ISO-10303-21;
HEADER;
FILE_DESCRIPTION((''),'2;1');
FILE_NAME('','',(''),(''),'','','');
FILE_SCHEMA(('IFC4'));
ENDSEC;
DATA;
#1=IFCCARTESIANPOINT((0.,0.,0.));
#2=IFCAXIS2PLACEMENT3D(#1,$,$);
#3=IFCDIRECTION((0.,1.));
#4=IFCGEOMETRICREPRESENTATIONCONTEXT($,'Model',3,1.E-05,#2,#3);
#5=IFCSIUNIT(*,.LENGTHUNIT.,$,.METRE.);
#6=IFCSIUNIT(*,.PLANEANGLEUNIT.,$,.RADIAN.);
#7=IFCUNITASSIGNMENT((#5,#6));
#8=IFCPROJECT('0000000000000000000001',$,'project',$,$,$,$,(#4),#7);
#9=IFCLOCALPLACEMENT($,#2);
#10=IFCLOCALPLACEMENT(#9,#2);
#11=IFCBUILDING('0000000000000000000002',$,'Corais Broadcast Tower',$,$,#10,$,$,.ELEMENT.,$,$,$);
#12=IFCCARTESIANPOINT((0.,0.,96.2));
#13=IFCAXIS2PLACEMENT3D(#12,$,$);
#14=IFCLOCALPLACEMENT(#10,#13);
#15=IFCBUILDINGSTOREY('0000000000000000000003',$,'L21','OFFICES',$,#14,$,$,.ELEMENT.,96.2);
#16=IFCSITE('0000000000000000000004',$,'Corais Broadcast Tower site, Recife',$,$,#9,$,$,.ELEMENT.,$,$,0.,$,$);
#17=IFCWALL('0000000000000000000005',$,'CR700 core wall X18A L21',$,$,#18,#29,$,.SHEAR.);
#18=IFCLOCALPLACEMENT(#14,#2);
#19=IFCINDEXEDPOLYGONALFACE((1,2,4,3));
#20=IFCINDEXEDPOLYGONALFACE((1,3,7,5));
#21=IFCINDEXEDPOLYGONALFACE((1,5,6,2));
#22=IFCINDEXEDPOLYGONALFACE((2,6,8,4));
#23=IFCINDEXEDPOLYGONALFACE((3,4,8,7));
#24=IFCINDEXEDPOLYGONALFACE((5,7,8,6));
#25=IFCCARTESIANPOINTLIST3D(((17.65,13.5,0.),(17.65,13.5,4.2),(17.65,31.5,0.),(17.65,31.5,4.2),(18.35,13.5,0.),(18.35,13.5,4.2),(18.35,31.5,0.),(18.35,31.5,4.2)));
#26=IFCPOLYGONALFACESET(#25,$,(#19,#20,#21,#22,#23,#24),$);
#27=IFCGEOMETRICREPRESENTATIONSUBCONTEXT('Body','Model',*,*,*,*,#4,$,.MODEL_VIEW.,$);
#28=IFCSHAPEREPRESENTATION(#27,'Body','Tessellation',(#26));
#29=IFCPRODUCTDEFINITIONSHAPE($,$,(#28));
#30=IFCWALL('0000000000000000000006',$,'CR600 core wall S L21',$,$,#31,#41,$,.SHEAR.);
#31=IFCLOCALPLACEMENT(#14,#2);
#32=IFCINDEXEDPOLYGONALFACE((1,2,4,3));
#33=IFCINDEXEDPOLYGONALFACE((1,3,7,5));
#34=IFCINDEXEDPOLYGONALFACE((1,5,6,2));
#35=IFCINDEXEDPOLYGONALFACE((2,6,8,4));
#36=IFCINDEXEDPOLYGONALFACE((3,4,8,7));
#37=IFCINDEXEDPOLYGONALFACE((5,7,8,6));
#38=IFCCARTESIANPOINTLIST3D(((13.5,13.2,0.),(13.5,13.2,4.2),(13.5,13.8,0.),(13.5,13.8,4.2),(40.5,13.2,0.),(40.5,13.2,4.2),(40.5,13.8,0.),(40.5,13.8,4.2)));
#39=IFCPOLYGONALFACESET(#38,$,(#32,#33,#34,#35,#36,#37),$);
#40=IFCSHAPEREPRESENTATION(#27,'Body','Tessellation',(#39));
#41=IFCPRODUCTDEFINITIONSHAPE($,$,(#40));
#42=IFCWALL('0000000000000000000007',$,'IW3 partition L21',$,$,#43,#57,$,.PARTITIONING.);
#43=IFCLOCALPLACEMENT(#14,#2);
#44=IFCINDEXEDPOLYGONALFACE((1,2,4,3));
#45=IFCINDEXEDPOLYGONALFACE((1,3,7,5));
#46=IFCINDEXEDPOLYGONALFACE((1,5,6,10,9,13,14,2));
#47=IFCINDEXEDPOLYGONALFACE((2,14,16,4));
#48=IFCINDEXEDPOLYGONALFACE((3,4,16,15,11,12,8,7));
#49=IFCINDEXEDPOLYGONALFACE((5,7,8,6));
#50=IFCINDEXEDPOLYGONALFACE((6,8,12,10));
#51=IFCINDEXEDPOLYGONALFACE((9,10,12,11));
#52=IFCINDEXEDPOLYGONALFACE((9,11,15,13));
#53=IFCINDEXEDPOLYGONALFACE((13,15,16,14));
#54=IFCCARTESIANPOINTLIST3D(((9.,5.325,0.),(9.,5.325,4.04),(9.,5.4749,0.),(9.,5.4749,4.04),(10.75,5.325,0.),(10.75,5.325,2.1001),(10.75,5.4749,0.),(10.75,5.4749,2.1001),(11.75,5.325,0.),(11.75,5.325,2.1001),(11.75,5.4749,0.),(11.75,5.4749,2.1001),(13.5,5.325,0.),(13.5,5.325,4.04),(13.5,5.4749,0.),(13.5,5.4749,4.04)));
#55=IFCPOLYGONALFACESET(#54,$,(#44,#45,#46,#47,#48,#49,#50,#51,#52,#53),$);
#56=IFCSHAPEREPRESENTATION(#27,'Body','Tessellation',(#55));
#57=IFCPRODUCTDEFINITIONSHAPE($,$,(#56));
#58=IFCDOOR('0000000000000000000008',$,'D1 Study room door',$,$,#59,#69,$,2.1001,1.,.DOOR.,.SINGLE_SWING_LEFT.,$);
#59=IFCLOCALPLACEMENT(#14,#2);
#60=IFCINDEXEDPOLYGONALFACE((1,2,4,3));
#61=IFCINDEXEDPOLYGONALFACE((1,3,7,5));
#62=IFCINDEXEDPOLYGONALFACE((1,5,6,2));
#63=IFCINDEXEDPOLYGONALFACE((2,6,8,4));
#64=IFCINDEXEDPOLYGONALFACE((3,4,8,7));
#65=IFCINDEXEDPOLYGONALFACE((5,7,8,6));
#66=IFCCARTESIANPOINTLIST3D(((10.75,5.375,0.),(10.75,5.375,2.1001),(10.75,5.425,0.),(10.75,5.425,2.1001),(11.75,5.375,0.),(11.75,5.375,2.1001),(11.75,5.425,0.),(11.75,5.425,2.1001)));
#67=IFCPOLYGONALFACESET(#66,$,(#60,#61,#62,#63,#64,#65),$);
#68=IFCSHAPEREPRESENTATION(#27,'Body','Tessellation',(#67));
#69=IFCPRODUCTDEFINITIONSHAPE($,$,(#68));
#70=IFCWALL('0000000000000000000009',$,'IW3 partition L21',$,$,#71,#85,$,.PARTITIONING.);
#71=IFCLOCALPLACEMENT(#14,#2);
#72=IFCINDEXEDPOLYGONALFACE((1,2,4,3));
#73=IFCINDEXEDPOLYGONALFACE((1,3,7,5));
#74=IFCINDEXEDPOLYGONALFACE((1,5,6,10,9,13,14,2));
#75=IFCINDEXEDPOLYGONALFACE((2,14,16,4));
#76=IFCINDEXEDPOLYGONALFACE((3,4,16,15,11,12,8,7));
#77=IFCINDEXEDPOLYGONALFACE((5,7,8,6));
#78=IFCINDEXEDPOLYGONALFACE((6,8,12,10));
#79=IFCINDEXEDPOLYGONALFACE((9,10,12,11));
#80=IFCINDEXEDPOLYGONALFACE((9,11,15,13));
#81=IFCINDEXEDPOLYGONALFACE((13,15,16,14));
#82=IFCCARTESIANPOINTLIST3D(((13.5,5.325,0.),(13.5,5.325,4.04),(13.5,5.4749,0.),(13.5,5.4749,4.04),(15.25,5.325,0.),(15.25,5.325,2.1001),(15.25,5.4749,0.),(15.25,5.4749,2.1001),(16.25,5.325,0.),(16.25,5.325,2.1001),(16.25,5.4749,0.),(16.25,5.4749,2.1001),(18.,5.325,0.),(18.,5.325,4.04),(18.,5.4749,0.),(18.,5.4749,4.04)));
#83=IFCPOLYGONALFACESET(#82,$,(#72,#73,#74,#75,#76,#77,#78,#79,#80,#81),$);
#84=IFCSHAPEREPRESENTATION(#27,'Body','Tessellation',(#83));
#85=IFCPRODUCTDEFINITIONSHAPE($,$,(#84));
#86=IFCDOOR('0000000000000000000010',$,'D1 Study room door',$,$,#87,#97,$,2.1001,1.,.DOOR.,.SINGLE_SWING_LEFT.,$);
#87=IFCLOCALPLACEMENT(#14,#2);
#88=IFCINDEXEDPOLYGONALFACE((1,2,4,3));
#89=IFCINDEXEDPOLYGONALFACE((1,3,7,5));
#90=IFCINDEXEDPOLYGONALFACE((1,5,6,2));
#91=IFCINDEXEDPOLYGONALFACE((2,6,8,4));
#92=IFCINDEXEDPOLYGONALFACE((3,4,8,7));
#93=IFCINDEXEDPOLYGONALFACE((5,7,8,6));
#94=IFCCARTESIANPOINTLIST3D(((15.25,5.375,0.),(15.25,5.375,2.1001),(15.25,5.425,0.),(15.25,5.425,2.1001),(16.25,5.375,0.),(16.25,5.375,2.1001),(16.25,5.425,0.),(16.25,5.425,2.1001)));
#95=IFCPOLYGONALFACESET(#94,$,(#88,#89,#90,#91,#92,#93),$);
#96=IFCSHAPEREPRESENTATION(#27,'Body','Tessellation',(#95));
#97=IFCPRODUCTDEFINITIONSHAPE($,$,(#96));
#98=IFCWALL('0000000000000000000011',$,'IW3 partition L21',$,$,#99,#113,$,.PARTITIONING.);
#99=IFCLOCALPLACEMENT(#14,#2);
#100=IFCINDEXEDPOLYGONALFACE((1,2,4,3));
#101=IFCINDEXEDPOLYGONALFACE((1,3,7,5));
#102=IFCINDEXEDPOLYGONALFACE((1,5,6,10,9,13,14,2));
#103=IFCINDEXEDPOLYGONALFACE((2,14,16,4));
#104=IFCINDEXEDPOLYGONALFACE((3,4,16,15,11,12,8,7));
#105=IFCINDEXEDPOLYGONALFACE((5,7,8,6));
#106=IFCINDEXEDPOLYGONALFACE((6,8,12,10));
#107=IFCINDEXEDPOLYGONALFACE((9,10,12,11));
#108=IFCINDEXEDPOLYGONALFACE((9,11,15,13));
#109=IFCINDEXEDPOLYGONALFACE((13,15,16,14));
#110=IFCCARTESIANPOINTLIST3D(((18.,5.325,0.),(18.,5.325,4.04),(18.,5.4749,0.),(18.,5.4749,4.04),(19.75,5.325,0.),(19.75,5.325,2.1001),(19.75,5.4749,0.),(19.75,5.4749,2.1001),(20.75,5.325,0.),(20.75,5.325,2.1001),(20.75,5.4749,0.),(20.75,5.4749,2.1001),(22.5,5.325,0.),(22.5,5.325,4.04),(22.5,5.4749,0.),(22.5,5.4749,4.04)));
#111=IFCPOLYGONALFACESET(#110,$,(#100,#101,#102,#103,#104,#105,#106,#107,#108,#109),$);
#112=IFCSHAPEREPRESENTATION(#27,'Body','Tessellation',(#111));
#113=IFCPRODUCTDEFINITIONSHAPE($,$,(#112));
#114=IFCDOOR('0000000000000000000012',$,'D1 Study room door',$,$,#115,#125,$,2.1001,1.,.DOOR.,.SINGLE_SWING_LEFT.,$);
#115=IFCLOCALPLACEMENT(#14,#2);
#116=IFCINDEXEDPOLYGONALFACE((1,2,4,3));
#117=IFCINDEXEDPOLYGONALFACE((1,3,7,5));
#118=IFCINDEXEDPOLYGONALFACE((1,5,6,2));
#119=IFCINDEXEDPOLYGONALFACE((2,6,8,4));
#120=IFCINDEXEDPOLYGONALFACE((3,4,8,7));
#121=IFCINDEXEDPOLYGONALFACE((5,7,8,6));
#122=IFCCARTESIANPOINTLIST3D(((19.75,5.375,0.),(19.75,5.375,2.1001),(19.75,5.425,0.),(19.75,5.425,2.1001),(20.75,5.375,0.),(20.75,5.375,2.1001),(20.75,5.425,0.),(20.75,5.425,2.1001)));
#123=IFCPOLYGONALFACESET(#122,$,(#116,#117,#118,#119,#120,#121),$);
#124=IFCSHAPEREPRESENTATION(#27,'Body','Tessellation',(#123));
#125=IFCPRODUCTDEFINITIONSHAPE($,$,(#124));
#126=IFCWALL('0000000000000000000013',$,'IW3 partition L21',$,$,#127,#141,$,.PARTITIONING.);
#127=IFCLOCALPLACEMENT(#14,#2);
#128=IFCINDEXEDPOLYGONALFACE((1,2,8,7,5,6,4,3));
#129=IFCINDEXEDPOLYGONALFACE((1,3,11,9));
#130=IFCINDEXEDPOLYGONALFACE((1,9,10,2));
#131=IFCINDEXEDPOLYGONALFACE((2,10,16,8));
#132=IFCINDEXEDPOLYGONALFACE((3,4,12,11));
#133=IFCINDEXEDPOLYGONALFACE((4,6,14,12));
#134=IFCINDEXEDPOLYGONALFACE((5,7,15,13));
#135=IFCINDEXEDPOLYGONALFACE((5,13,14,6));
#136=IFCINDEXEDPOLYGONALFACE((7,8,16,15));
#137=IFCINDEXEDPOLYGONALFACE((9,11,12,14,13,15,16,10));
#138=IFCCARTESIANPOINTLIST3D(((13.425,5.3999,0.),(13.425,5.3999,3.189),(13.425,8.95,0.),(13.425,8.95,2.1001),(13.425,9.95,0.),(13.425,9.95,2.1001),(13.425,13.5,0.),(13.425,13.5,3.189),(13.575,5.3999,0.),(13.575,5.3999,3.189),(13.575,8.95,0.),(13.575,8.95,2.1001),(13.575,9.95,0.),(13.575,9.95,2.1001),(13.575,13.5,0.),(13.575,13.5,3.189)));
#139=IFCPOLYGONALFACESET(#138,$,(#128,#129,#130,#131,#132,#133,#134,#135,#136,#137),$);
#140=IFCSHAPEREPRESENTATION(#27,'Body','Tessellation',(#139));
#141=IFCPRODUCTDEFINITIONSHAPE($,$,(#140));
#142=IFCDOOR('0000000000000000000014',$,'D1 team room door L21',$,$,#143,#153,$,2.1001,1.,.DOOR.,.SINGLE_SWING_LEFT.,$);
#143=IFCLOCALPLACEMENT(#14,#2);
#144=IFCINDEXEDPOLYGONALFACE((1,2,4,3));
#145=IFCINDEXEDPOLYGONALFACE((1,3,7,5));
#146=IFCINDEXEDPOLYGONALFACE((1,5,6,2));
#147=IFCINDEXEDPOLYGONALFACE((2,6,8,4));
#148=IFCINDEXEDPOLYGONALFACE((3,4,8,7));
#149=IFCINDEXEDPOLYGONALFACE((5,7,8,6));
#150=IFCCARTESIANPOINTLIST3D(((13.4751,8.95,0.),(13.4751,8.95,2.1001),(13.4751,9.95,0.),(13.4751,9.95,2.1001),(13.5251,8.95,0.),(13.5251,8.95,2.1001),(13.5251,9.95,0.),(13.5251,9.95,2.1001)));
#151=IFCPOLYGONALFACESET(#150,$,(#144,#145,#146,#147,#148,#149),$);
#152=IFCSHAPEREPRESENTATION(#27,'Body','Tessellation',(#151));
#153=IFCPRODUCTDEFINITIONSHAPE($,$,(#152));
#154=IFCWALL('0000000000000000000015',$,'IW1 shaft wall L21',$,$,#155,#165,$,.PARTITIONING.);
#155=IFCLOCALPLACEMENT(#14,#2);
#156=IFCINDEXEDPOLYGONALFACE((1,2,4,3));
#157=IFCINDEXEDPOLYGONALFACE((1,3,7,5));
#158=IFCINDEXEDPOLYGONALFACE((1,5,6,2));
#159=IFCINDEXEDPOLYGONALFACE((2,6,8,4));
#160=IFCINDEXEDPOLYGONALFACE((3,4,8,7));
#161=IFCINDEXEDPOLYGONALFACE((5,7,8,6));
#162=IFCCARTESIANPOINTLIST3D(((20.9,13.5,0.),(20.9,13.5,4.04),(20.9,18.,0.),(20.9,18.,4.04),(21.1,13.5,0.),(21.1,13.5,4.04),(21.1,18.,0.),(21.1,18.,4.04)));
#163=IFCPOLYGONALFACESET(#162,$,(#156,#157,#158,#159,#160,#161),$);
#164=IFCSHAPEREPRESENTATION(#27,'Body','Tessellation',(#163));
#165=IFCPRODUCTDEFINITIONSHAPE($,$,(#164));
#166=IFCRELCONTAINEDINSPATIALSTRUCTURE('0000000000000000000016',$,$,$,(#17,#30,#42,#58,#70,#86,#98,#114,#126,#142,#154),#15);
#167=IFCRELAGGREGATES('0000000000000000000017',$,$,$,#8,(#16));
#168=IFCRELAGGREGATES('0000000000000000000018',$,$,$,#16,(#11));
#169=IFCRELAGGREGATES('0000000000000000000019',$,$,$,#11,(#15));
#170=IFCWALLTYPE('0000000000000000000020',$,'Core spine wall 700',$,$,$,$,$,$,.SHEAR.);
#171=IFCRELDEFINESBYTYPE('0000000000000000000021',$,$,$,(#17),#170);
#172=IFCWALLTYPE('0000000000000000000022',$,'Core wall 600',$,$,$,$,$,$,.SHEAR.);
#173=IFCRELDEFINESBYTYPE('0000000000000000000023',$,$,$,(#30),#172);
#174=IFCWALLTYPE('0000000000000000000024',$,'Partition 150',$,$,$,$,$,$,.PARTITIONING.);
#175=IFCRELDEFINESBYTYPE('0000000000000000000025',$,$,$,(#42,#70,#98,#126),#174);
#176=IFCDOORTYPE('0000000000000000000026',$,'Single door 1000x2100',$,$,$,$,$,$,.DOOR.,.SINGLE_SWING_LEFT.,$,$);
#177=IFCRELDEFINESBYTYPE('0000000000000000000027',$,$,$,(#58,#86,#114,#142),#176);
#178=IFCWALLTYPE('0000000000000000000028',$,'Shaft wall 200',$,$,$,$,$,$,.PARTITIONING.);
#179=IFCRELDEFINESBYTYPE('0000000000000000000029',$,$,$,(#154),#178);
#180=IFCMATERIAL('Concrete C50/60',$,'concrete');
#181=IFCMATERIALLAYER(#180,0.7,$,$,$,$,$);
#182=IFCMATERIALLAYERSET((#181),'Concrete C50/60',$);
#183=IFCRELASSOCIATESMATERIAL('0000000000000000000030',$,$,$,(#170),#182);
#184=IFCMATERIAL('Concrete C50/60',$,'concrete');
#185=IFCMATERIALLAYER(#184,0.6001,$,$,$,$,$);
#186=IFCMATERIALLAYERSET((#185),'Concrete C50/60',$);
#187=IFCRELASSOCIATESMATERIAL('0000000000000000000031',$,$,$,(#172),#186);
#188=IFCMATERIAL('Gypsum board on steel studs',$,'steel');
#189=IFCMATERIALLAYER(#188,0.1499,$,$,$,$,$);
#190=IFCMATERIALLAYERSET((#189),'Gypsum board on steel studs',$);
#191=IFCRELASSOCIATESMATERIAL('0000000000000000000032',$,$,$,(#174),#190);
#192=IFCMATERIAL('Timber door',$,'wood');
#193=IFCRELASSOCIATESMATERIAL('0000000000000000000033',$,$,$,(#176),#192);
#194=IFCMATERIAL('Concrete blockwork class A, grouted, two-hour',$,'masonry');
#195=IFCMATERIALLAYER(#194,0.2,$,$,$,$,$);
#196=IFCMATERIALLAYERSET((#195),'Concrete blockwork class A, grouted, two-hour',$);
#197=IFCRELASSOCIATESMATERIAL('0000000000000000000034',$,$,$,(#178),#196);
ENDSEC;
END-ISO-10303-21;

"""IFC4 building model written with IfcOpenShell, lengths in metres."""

from ifc_helpers import new_model, si_unit, direction, frame, frame_2d, origin, place, context, subcontext, project, spatial, rectangle, extrude, material, layer, layer_set, type_object, element, fill, save


model = new_model("IFC4")

# Units and contexts
model_context = context("Model", 3, precision=1e-05, world=origin(), true_north=direction((0.0, 1.0)))
body_context = subcontext(model_context, "Body", "Model", "MODEL_VIEW")
ifc_project = project(units=[si_unit("LENGTHUNIT", "METRE"), si_unit("PLANEANGLEUNIT", "RADIAN")], contexts=[model_context])

# Site, building, storey
site_placement = place(None, origin())
site = spatial("IfcSite", under=ifc_project, at=site_placement, Name="Corais Broadcast Tower site, Recife", CompositionType="ELEMENT", RefElevation=0.0)
building_placement = place(site_placement, origin())
building = spatial("IfcBuilding", under=site, at=building_placement, Name="Corais Broadcast Tower", CompositionType="ELEMENT")
storey_placement = place(building_placement, frame((0.0, 0.0, 96.2)))
storey = spatial("IfcBuildingStorey", under=building, at=storey_placement, Name="L21", Description="OFFICES", CompositionType="ELEMENT", Elevation=96.2)

# Walls
ifc_material_1 = material(Name="Concrete C50/60", Category="concrete")
ifc_layer_1 = layer(ifc_material_1, 0.7)
ifc_layer_set_1 = layer_set([ifc_layer_1], Name="Concrete C50/60")
wall_type_1 = type_object("IfcWallType", Name="Core spine wall 700", PredefinedType="SHEAR", material=ifc_layer_set_1)
wall_1_placement = place(storey_placement, frame((18.0, 13.5, 0.0), z_axis=(0.0, 0.0, 1.0), x_axis=(0.0, 1.0, 0.0)))
element("IfcWall", 1, at=wall_1_placement, inside=storey, type_object=wall_type_1, Name="CR700 core wall X18A L21", PredefinedType="SHEAR", context=body_context, shape_type="SweptSolid", body=[
    extrude(rectangle(XDim=18.0, YDim=0.7, at=frame_2d((9.0, 0.0))), origin(), (0.0, 0.0, 1.0), 4.2),
])
ifc_material_2 = material(Name="Concrete C50/60", Category="concrete")
ifc_layer_2 = layer(ifc_material_2, 0.6001)
ifc_layer_set_2 = layer_set([ifc_layer_2], Name="Concrete C50/60")
wall_type_2 = type_object("IfcWallType", Name="Core wall 600", PredefinedType="SHEAR", material=ifc_layer_set_2)
wall_2_placement = place(storey_placement, frame((13.5, 13.5, 0.0), z_axis=(0.0, 0.0, 1.0), x_axis=(1.0, 0.0, 0.0)))
element("IfcWall", 2, at=wall_2_placement, inside=storey, type_object=wall_type_2, Name="CR600 core wall S L21", PredefinedType="SHEAR", context=body_context, shape_type="SweptSolid", body=[
    extrude(rectangle(XDim=27.0, YDim=0.6001, at=frame_2d((13.5, 0.0))), origin(), (0.0, 0.0, 1.0), 4.2),
])

# Walls, openings, doors
ifc_material_3 = material(Name="Gypsum board on steel studs", Category="steel")
ifc_layer_3 = layer(ifc_material_3, 0.1499)
ifc_layer_set_3 = layer_set([ifc_layer_3], Name="Gypsum board on steel studs")
wall_type_3 = type_object("IfcWallType", Name="Partition 150", PredefinedType="PARTITIONING", material=ifc_layer_set_3)
wall_3_placement = place(storey_placement, frame((13.5, 5.3999, 0.0), z_axis=(0.0, 0.0, 1.0), x_axis=(-1.0, 0.0, 0.0)))
wall_3 = element("IfcWall", 3, at=wall_3_placement, inside=storey, type_object=wall_type_3, Name="IW3 partition L21", PredefinedType="PARTITIONING", context=body_context, shape_type="SweptSolid", body=[
    extrude(rectangle(XDim=4.5, YDim=0.1499, at=frame_2d((2.25, 0.0))), origin(), (0.0, 0.0, 1.0), 4.04),
])
opening_1_placement = place(wall_3_placement, frame((1.75, 0.0, 0.0)))
opening_1 = element("IfcOpeningElement", 4, at=opening_1_placement, cuts=wall_3, PredefinedType="OPENING", context=body_context, shape_type="SweptSolid", body=[
    extrude(rectangle(XDim=1.0, YDim=2.1001, at=frame_2d((0.5, 1.05))), frame((0.0, 0.085, 0.0), z_axis=(0.0, -1.0, 0.0), x_axis=(1.0, 0.0, 0.0)), (0.0, 0.0, 1.0), 0.1699),
])
ifc_material_4 = material(Name="Timber door", Category="wood")
door_type = type_object("IfcDoorType", Name="Single door 1000x2100", OperationType="SINGLE_SWING_LEFT", PredefinedType="DOOR", material=ifc_material_4)
door_1_placement = place(opening_1_placement, origin())
door_1 = element("IfcDoor", 5, at=door_1_placement, inside=storey, type_object=door_type, Name="D1 Study room door", OperationType="SINGLE_SWING_LEFT", OverallHeight=2.1001, OverallWidth=1.0, PredefinedType="DOOR", context=body_context, shape_type="SweptSolid", body=[
    extrude(rectangle(XDim=1.0, YDim=2.1001, at=frame_2d((0.5, 1.05))), frame((0.0, 0.0249, 0.0), z_axis=(0.0, -1.0, 0.0), x_axis=(1.0, 0.0, 0.0)), (0.0, 0.0, 1.0), 0.05),
])
fill(opening_1, door_1)
wall_4_placement = place(storey_placement, frame((18.0, 5.3999, 0.0), z_axis=(0.0, 0.0, 1.0), x_axis=(-1.0, 0.0, 0.0)))
wall_4 = element("IfcWall", 6, at=wall_4_placement, inside=storey, type_object=wall_type_3, Name="IW3 partition L21", PredefinedType="PARTITIONING", context=body_context, shape_type="SweptSolid", body=[
    extrude(rectangle(XDim=4.5, YDim=0.1499, at=frame_2d((2.25, 0.0))), origin(), (0.0, 0.0, 1.0), 4.04),
])
opening_2_placement = place(wall_4_placement, frame((1.75, 0.0, 0.0)))
opening_2 = element("IfcOpeningElement", 7, at=opening_2_placement, cuts=wall_4, PredefinedType="OPENING", context=body_context, shape_type="SweptSolid", body=[
    extrude(rectangle(XDim=1.0, YDim=2.1001, at=frame_2d((0.5, 1.05))), frame((0.0, 0.085, 0.0), z_axis=(0.0, -1.0, 0.0), x_axis=(1.0, 0.0, 0.0)), (0.0, 0.0, 1.0), 0.1699),
])
door_2_placement = place(opening_2_placement, origin())
door_2 = element("IfcDoor", 8, at=door_2_placement, inside=storey, type_object=door_type, Name="D1 Study room door", OperationType="SINGLE_SWING_LEFT", OverallHeight=2.1001, OverallWidth=1.0, PredefinedType="DOOR", context=body_context, shape_type="SweptSolid", body=[
    extrude(rectangle(XDim=1.0, YDim=2.1001, at=frame_2d((0.5, 1.05))), frame((0.0, 0.0249, 0.0), z_axis=(0.0, -1.0, 0.0), x_axis=(1.0, 0.0, 0.0)), (0.0, 0.0, 1.0), 0.05),
])
fill(opening_2, door_2)
wall_5_placement = place(storey_placement, frame((22.5, 5.3999, 0.0), z_axis=(0.0, 0.0, 1.0), x_axis=(-1.0, 0.0, 0.0)))
wall_5 = element("IfcWall", 9, at=wall_5_placement, inside=storey, type_object=wall_type_3, Name="IW3 partition L21", PredefinedType="PARTITIONING", context=body_context, shape_type="SweptSolid", body=[
    extrude(rectangle(XDim=4.5, YDim=0.1499, at=frame_2d((2.25, 0.0))), origin(), (0.0, 0.0, 1.0), 4.04),
])
opening_3_placement = place(wall_5_placement, frame((1.75, 0.0, 0.0)))
opening_3 = element("IfcOpeningElement", 10, at=opening_3_placement, cuts=wall_5, PredefinedType="OPENING", context=body_context, shape_type="SweptSolid", body=[
    extrude(rectangle(XDim=1.0, YDim=2.1001, at=frame_2d((0.5, 1.05))), frame((0.0, 0.085, 0.0), z_axis=(0.0, -1.0, 0.0), x_axis=(1.0, 0.0, 0.0)), (0.0, 0.0, 1.0), 0.1699),
])
door_3_placement = place(opening_3_placement, origin())
door_3 = element("IfcDoor", 11, at=door_3_placement, inside=storey, type_object=door_type, Name="D1 Study room door", OperationType="SINGLE_SWING_LEFT", OverallHeight=2.1001, OverallWidth=1.0, PredefinedType="DOOR", context=body_context, shape_type="SweptSolid", body=[
    extrude(rectangle(XDim=1.0, YDim=2.1001, at=frame_2d((0.5, 1.05))), frame((0.0, 0.0249, 0.0), z_axis=(0.0, -1.0, 0.0), x_axis=(1.0, 0.0, 0.0)), (0.0, 0.0, 1.0), 0.05),
])
fill(opening_3, door_3)
wall_6_placement = place(storey_placement, frame((13.5, 5.3999, 0.0), z_axis=(0.0, 0.0, 1.0), x_axis=(0.0, 1.0, 0.0)))
wall_6 = element("IfcWall", 12, at=wall_6_placement, inside=storey, type_object=wall_type_3, Name="IW3 partition L21", PredefinedType="PARTITIONING", context=body_context, shape_type="SweptSolid", body=[
    extrude(rectangle(XDim=8.1001, YDim=0.1499, at=frame_2d((4.05, 0.0))), origin(), (0.0, 0.0, 1.0), 3.189),
])
opening_4_placement = place(wall_6_placement, frame((3.55, 0.0, 0.0)))
opening_4 = element("IfcOpeningElement", 13, at=opening_4_placement, cuts=wall_6, PredefinedType="OPENING", context=body_context, shape_type="SweptSolid", body=[
    extrude(rectangle(XDim=1.0, YDim=2.1001, at=frame_2d((0.5, 1.05))), frame((0.0, 0.085, 0.0), z_axis=(0.0, -1.0, 0.0), x_axis=(1.0, 0.0, 0.0)), (0.0, 0.0, 1.0), 0.1699),
])
door_4_placement = place(opening_4_placement, origin())
door_4 = element("IfcDoor", 14, at=door_4_placement, inside=storey, type_object=door_type, Name="D1 team room door L21", OperationType="SINGLE_SWING_LEFT", OverallHeight=2.1001, OverallWidth=1.0, PredefinedType="DOOR", context=body_context, shape_type="SweptSolid", body=[
    extrude(rectangle(XDim=1.0, YDim=2.1001, at=frame_2d((0.5, 1.05))), frame((0.0, 0.0249, 0.0), z_axis=(0.0, -1.0, 0.0), x_axis=(1.0, 0.0, 0.0)), (0.0, 0.0, 1.0), 0.05),
])
fill(opening_4, door_4)

# Wall
ifc_material_5 = material(Name="Concrete blockwork class A, grouted, two-hour", Category="masonry")
ifc_layer_4 = layer(ifc_material_5, 0.2)
ifc_layer_set_4 = layer_set([ifc_layer_4], Name="Concrete blockwork class A, grouted, two-hour")
wall_type_4 = type_object("IfcWallType", Name="Shaft wall 200", PredefinedType="PARTITIONING", material=ifc_layer_set_4)
wall_7_placement = place(storey_placement, frame((21.0, 13.5, 0.0), z_axis=(0.0, 0.0, 1.0), x_axis=(0.0, 1.0, 0.0)))
element("IfcWall", 15, at=wall_7_placement, inside=storey, type_object=wall_type_4, Name="IW1 shaft wall L21", PredefinedType="PARTITIONING", context=body_context, shape_type="SweptSolid", body=[
    extrude(rectangle(XDim=4.5, YDim=0.2, at=frame_2d((2.25, 0.0))), origin(), (0.0, 0.0, 1.0), 4.04),
])

save(model, "model.ifc")
